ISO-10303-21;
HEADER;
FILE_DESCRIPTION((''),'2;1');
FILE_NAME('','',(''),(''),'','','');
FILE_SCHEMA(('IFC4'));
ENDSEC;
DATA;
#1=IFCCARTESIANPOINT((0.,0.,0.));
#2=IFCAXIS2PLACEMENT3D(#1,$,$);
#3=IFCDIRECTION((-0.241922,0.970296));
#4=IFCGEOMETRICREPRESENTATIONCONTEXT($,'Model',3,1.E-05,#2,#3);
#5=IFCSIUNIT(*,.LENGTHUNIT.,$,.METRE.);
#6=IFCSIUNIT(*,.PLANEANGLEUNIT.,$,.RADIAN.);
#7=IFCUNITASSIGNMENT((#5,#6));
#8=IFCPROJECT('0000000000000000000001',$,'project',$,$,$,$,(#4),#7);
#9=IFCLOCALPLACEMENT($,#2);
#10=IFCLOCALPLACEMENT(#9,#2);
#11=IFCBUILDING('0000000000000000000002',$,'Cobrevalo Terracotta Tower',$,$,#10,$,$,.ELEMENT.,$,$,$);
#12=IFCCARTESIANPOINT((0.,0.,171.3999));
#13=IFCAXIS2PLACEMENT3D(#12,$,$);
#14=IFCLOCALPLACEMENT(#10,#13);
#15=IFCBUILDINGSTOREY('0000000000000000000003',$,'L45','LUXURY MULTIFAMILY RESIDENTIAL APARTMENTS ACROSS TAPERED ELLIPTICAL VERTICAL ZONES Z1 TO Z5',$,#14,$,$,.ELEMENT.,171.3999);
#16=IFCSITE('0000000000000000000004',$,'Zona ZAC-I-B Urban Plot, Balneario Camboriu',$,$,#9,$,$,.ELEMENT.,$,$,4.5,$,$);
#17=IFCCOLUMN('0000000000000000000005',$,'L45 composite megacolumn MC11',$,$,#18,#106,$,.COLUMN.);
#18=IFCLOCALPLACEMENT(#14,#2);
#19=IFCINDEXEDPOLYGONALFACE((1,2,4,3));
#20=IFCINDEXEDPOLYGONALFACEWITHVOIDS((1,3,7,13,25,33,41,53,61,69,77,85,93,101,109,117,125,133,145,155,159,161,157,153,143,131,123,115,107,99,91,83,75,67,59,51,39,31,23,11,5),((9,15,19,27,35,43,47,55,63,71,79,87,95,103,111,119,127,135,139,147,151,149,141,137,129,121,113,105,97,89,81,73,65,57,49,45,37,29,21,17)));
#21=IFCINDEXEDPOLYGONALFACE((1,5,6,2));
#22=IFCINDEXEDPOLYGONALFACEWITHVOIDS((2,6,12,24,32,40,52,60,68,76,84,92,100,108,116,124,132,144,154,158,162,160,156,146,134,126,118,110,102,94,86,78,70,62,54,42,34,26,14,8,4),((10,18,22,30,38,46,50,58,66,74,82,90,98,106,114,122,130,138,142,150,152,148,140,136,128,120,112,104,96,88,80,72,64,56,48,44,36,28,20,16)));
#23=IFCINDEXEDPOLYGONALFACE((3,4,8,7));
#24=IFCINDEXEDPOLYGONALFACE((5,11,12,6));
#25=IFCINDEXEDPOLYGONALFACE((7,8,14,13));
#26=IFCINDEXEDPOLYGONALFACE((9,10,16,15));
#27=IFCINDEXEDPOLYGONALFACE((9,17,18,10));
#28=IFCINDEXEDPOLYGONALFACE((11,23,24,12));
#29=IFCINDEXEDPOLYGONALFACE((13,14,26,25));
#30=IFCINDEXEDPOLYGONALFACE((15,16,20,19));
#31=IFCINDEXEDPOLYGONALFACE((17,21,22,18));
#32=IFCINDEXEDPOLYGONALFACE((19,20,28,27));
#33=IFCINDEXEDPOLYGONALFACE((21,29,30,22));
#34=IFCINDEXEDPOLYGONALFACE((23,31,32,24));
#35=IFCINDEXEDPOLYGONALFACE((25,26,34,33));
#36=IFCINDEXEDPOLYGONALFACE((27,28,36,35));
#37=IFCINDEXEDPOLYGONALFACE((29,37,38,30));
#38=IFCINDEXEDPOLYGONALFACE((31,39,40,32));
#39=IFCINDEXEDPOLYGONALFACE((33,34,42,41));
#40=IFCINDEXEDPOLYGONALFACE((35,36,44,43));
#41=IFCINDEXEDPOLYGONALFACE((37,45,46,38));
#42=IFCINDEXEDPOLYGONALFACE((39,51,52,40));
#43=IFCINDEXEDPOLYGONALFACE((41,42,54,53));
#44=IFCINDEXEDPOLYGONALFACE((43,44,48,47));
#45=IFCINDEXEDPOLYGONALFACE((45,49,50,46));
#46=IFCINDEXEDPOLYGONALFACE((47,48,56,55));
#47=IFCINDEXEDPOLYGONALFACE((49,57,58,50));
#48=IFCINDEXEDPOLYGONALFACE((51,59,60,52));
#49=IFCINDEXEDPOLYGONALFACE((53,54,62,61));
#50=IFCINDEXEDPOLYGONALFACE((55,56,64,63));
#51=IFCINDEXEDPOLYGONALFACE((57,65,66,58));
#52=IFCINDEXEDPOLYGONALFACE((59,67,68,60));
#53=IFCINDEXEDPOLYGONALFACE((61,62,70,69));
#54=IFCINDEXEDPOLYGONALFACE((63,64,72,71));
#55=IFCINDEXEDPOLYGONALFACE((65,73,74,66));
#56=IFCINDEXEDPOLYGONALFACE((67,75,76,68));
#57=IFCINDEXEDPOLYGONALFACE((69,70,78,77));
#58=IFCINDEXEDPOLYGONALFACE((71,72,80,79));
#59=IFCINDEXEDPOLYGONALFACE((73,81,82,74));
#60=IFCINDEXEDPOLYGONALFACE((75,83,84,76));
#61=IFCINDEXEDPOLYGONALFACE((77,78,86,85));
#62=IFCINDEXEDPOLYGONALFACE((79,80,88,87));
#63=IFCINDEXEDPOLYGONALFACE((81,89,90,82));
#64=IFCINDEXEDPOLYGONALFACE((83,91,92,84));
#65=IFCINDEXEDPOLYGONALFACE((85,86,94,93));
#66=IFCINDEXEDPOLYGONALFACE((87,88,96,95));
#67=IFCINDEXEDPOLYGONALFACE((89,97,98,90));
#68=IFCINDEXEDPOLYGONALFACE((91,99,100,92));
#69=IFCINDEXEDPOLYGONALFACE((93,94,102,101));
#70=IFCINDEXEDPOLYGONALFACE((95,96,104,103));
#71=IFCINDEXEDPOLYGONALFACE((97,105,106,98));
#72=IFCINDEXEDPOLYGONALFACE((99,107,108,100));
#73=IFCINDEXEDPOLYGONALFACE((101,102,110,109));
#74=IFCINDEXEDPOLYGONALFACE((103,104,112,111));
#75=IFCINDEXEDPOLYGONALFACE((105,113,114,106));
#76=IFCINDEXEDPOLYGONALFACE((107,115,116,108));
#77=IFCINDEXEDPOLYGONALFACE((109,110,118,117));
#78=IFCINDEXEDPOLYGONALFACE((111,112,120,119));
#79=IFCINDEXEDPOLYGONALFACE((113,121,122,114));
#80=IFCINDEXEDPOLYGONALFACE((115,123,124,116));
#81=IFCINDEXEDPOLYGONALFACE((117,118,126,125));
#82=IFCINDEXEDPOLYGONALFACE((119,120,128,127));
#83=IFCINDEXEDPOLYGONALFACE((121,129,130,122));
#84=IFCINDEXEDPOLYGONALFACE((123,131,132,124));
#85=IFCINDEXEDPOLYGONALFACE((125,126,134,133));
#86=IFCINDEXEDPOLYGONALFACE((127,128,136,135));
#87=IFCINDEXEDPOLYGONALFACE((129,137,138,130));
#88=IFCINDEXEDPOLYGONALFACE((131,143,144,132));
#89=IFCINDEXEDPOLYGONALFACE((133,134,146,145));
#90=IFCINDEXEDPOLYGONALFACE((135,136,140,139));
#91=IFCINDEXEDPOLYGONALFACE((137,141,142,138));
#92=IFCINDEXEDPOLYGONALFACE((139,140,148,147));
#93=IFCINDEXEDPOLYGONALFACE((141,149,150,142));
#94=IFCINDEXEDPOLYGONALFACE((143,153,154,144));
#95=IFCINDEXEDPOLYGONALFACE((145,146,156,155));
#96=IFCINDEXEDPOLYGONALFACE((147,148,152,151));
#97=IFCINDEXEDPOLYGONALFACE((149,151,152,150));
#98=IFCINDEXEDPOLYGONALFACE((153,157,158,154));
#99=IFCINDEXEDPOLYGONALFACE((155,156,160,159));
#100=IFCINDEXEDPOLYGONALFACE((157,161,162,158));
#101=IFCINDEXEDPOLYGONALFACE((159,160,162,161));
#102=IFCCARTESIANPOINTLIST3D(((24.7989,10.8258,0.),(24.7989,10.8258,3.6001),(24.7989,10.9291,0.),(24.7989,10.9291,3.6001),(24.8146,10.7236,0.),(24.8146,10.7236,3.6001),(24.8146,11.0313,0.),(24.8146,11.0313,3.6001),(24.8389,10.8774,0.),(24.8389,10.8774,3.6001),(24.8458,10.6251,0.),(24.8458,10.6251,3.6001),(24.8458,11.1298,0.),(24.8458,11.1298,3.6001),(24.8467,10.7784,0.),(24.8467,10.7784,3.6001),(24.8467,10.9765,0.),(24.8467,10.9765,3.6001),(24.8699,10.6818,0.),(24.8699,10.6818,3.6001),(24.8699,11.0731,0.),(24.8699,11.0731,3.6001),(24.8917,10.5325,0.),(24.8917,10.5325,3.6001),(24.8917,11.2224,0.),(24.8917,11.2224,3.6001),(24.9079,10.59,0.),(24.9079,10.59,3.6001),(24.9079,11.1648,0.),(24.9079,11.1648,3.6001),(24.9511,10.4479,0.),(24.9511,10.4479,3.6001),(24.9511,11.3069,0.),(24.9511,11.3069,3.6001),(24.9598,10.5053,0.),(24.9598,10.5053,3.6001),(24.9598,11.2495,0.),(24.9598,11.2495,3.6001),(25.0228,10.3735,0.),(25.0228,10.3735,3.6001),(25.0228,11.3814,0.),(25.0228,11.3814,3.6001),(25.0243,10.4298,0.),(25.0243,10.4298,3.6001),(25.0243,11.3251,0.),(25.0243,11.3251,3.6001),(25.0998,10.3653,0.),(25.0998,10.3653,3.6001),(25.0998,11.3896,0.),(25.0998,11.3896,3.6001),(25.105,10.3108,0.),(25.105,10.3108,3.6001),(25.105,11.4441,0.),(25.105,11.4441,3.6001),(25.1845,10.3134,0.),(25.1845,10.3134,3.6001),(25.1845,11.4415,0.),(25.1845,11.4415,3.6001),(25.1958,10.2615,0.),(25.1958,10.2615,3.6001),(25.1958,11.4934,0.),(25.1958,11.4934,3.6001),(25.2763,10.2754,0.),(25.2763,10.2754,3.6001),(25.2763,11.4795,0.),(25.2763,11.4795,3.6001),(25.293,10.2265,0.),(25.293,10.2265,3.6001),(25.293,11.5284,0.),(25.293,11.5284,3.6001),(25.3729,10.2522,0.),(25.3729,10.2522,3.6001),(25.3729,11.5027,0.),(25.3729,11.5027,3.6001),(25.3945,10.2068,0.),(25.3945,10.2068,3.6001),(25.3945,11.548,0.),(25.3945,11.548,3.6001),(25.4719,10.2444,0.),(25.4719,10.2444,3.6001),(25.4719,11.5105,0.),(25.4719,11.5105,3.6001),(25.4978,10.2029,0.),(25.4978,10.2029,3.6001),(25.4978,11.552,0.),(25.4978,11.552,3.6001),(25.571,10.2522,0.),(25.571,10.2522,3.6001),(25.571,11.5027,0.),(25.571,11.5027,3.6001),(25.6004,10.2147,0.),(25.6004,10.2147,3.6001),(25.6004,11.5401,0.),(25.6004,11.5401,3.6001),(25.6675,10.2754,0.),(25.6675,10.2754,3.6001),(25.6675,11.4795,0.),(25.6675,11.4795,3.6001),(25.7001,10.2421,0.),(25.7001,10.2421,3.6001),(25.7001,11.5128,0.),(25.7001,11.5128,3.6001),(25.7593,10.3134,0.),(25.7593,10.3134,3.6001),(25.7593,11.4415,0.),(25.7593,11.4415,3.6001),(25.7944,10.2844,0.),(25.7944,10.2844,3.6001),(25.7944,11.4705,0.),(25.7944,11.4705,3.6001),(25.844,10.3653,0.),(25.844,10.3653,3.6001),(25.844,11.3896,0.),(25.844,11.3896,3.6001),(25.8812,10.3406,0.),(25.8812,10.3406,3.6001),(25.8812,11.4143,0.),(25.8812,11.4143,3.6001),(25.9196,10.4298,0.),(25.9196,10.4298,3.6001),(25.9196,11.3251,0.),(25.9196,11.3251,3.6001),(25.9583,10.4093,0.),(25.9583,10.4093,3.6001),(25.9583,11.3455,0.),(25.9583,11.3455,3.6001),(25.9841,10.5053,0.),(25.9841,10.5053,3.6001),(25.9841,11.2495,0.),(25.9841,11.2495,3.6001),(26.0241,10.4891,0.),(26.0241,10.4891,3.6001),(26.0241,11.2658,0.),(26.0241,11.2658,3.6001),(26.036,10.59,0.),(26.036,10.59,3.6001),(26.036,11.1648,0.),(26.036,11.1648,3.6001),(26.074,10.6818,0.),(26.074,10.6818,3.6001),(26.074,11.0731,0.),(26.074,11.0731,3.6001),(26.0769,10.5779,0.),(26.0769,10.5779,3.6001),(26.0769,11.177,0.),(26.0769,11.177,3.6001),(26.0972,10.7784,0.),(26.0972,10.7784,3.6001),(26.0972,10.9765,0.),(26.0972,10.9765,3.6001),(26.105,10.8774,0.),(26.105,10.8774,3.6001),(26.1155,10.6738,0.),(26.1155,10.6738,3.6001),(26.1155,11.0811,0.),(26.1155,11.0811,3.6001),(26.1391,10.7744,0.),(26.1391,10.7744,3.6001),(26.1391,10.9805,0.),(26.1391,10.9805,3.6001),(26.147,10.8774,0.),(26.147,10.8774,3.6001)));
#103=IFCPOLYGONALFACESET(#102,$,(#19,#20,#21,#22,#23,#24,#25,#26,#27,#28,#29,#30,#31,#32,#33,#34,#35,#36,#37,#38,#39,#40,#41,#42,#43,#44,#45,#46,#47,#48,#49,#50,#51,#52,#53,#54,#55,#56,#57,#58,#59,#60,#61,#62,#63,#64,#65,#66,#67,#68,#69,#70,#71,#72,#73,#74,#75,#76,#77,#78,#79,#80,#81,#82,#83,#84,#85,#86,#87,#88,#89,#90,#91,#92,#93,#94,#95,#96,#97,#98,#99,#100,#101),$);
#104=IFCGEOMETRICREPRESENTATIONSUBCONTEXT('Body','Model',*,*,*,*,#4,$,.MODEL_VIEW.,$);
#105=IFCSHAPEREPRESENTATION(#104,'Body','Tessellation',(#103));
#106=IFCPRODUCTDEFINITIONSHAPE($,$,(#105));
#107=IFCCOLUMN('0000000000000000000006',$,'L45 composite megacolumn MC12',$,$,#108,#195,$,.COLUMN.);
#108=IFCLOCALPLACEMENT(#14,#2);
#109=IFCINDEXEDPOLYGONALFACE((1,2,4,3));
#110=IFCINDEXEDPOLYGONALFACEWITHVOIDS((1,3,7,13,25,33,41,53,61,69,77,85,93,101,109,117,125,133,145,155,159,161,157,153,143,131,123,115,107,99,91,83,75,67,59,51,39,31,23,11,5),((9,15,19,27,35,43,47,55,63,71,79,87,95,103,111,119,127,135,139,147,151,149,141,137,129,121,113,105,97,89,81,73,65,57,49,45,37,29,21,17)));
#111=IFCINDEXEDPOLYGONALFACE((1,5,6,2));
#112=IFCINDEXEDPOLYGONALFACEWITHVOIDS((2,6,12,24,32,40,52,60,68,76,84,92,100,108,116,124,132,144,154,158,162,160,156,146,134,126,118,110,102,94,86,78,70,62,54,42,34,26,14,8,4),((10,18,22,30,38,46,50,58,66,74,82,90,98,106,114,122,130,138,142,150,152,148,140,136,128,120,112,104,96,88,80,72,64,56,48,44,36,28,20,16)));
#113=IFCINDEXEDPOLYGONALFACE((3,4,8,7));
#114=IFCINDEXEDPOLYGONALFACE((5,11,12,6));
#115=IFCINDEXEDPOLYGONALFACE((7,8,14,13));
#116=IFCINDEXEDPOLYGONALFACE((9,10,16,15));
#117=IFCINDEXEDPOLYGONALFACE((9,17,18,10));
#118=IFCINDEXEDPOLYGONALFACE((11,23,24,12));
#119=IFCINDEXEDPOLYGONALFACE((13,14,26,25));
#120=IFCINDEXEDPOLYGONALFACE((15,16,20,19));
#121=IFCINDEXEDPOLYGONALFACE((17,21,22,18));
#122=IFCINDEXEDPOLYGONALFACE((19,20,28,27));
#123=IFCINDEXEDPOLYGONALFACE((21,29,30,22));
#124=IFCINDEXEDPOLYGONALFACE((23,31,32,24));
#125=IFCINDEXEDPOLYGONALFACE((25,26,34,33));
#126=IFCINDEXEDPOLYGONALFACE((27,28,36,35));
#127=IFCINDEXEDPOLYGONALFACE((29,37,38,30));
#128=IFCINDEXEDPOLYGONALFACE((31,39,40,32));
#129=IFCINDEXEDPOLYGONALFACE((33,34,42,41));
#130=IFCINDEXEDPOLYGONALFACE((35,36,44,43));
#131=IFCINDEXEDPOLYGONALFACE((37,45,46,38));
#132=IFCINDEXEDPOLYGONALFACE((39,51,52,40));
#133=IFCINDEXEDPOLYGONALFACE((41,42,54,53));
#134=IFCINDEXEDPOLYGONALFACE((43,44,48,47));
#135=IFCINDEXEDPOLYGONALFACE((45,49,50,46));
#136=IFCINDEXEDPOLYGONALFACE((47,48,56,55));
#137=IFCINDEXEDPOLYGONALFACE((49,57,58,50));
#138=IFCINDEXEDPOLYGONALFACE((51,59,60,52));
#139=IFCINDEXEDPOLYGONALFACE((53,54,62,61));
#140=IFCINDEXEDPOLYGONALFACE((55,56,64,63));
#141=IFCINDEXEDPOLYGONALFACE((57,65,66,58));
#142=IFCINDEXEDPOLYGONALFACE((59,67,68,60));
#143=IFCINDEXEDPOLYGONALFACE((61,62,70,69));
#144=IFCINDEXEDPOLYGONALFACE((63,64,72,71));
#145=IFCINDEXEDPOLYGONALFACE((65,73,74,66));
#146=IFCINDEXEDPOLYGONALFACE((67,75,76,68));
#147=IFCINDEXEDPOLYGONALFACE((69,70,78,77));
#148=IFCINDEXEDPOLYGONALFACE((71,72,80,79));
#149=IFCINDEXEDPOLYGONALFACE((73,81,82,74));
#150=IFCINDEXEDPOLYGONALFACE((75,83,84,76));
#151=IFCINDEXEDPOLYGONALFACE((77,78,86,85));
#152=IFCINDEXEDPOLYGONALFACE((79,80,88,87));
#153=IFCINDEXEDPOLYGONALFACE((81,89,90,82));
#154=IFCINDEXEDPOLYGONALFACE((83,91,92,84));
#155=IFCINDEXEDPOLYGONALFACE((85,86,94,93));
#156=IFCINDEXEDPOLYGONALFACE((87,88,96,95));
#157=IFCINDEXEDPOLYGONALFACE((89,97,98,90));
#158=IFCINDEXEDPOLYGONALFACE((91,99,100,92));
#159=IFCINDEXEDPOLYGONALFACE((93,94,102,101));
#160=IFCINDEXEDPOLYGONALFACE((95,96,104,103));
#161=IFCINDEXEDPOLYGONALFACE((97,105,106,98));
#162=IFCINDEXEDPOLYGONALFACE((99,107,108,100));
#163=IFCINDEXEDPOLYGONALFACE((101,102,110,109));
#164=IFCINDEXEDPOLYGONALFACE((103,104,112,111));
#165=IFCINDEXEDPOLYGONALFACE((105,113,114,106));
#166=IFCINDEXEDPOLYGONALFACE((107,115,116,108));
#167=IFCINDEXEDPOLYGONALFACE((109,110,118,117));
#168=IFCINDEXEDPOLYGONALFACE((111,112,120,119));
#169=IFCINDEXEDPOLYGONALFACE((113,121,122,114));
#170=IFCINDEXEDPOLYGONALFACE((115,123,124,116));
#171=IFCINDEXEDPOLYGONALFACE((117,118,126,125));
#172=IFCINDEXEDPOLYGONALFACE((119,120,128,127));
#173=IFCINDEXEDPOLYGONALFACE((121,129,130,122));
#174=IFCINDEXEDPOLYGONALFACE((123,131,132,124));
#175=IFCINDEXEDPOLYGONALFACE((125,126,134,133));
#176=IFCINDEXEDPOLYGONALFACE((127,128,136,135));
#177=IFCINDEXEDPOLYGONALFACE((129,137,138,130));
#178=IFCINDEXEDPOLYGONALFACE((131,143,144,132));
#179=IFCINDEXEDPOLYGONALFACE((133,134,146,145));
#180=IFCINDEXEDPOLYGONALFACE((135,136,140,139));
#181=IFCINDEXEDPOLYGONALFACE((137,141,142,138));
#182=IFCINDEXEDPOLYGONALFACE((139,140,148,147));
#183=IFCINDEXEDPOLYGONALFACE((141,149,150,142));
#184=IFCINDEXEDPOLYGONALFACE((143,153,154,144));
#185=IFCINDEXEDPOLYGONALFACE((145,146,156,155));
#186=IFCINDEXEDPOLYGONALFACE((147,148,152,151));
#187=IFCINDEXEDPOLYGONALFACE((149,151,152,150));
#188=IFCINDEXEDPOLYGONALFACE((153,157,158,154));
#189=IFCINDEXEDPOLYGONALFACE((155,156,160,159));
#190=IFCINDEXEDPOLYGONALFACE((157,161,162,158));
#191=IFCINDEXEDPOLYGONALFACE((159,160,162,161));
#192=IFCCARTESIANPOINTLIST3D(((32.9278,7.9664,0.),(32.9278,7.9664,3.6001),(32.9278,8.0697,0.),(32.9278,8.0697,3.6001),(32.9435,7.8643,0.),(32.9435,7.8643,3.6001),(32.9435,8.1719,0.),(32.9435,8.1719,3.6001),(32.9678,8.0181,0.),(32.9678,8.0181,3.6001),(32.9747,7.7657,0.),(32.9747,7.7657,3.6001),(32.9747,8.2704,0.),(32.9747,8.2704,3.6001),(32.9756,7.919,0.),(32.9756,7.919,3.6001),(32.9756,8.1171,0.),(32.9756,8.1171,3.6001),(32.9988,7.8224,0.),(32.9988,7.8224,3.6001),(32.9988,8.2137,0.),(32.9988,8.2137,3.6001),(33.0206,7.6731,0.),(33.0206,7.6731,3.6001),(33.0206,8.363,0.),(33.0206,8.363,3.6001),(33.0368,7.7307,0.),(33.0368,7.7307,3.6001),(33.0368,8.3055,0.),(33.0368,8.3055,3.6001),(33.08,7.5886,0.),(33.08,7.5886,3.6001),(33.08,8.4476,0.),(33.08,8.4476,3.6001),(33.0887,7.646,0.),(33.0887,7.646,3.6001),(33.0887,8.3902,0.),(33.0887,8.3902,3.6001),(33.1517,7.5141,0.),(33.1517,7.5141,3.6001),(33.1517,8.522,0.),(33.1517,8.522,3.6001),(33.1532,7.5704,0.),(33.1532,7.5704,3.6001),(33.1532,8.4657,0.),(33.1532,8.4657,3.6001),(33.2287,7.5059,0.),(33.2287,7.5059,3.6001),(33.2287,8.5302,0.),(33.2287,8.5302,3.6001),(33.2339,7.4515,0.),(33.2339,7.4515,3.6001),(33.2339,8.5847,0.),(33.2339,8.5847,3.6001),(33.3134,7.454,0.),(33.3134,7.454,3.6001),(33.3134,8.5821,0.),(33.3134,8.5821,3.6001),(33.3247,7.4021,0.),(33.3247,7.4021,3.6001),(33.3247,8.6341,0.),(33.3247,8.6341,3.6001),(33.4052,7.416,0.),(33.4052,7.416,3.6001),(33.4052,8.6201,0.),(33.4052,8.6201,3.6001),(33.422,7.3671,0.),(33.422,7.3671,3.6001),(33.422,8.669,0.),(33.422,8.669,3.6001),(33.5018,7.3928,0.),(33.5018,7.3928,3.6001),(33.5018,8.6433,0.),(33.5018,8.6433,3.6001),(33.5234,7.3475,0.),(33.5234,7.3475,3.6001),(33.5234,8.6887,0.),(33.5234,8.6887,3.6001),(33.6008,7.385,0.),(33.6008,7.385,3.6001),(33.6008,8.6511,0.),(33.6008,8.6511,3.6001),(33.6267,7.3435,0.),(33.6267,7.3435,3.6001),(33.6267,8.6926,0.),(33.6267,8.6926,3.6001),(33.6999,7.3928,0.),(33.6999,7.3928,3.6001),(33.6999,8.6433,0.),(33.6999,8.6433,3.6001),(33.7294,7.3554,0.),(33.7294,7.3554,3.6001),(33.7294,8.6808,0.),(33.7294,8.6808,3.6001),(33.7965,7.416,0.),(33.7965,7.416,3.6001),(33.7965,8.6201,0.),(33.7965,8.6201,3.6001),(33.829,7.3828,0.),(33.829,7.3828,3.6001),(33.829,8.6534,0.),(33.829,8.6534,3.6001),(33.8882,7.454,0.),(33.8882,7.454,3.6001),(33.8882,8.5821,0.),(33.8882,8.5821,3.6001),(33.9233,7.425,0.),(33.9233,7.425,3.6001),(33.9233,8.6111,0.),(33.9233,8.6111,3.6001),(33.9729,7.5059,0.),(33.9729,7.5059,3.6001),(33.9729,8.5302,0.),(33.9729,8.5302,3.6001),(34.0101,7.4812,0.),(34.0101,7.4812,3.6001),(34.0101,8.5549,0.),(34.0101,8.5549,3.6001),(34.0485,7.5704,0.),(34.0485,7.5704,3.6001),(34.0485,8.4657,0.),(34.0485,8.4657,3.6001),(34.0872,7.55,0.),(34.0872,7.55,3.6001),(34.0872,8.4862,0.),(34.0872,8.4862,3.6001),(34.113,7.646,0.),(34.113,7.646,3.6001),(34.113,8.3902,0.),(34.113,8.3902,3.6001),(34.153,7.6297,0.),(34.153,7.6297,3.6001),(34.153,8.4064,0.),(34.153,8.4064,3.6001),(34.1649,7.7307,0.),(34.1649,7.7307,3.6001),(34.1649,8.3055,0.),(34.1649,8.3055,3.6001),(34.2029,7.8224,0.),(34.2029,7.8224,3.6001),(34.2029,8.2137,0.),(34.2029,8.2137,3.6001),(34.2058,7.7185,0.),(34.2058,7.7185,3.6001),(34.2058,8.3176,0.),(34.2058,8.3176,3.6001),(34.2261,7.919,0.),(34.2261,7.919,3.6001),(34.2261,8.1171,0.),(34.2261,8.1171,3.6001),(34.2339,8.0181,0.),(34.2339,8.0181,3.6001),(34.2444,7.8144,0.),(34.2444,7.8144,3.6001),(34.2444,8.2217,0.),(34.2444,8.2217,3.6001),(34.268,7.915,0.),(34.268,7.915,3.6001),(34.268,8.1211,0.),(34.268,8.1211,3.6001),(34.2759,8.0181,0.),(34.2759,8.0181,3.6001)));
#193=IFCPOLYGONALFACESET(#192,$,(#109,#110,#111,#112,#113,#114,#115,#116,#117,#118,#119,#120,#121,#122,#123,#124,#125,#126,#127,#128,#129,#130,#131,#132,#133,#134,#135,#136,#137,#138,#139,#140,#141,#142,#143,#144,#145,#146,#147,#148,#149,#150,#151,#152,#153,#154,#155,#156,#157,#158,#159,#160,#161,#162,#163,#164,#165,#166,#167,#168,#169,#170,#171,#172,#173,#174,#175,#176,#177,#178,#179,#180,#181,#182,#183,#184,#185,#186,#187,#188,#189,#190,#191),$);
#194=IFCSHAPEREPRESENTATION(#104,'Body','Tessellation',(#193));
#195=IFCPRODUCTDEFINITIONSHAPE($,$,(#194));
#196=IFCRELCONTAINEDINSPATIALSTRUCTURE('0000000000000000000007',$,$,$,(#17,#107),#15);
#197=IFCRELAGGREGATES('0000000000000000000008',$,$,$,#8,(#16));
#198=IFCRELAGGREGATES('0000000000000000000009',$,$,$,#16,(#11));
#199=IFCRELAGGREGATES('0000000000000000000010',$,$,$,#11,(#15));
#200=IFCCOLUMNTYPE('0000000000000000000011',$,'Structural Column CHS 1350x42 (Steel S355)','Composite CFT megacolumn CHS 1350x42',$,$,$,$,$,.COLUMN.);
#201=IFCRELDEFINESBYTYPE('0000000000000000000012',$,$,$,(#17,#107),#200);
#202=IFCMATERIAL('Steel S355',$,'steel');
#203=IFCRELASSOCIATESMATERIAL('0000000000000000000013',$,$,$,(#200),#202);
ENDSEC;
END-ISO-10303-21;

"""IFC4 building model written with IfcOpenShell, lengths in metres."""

from ifc_helpers import new_model, si_unit, direction, frame, origin, origin_2d, place, context, subcontext, project, spatial, hollow_circle, extrude, material, material_profile, profile_set, type_object, element, save


model = new_model("IFC4")

# Units and contexts
model_context = context("Model", 3, precision=1e-05, world=origin(), true_north=direction((-0.241922, 0.970296)))
body_context = subcontext(model_context, "Body", "Model", "MODEL_VIEW")
ifc_project = project(units=[si_unit("LENGTHUNIT", "METRE"), si_unit("PLANEANGLEUNIT", "RADIAN")], contexts=[model_context])

# Site, building, storey
site_placement = place(None, origin())
site = spatial("IfcSite", under=ifc_project, at=site_placement, Name="Zona ZAC-I-B Urban Plot, Balneario Camboriu", CompositionType="ELEMENT", RefElevation=4.5)
building_placement = place(site_placement, origin())
building = spatial("IfcBuilding", under=site, at=building_placement, Name="Cobrevalo Terracotta Tower", CompositionType="ELEMENT")
storey_placement = place(building_placement, frame((0.0, 0.0, 171.3999)))
storey = spatial("IfcBuildingStorey", under=building, at=storey_placement, Name="L45", Description="LUXURY MULTIFAMILY RESIDENTIAL APARTMENTS ACROSS TAPERED ELLIPTICAL VERTICAL ZONES Z1 TO Z5", CompositionType="ELEMENT", Elevation=171.3999)

# Columns
ifc_material_1 = material(Name="Steel S355", Category="steel")
ifc_material_profile_1 = material_profile(ifc_material_1, hollow_circle(Radius=0.675, WallThickness=0.042, at=origin_2d()), Name="CHS 1350x42")
ifc_profile_set_1 = profile_set([ifc_material_profile_1], Name="Steel S355")
column_type = type_object("IfcColumnType", Name="Structural Column CHS 1350x42 (Steel S355)", Description="Composite CFT megacolumn CHS 1350x42", PredefinedType="COLUMN", material=ifc_profile_set_1)
for number, where, z_axis, x_axis, name in (
    (1, (25.4719, 10.8774, 0.0), (0.0, 0.0, 1.0), (1.0, 0.0, 0.0), "L45 composite megacolumn MC11"),
    (2, (33.6008, 8.0181, 0.0), (0.0, 0.0, 1.0), (1.0, 0.0, 0.0), "L45 composite megacolumn MC12"),
):
    element("IfcColumn", number, at=place(storey_placement, frame(where, z_axis=z_axis, x_axis=x_axis)), inside=storey, type_object=column_type, Name=name, PredefinedType="COLUMN", context=body_context, shape_type="SweptSolid", body=[
        extrude(hollow_circle(Radius=0.675, WallThickness=0.042, at=origin_2d()), origin(), (0.0, 0.0, 1.0), 3.6001),
    ])

save(model, "model.ifc")
